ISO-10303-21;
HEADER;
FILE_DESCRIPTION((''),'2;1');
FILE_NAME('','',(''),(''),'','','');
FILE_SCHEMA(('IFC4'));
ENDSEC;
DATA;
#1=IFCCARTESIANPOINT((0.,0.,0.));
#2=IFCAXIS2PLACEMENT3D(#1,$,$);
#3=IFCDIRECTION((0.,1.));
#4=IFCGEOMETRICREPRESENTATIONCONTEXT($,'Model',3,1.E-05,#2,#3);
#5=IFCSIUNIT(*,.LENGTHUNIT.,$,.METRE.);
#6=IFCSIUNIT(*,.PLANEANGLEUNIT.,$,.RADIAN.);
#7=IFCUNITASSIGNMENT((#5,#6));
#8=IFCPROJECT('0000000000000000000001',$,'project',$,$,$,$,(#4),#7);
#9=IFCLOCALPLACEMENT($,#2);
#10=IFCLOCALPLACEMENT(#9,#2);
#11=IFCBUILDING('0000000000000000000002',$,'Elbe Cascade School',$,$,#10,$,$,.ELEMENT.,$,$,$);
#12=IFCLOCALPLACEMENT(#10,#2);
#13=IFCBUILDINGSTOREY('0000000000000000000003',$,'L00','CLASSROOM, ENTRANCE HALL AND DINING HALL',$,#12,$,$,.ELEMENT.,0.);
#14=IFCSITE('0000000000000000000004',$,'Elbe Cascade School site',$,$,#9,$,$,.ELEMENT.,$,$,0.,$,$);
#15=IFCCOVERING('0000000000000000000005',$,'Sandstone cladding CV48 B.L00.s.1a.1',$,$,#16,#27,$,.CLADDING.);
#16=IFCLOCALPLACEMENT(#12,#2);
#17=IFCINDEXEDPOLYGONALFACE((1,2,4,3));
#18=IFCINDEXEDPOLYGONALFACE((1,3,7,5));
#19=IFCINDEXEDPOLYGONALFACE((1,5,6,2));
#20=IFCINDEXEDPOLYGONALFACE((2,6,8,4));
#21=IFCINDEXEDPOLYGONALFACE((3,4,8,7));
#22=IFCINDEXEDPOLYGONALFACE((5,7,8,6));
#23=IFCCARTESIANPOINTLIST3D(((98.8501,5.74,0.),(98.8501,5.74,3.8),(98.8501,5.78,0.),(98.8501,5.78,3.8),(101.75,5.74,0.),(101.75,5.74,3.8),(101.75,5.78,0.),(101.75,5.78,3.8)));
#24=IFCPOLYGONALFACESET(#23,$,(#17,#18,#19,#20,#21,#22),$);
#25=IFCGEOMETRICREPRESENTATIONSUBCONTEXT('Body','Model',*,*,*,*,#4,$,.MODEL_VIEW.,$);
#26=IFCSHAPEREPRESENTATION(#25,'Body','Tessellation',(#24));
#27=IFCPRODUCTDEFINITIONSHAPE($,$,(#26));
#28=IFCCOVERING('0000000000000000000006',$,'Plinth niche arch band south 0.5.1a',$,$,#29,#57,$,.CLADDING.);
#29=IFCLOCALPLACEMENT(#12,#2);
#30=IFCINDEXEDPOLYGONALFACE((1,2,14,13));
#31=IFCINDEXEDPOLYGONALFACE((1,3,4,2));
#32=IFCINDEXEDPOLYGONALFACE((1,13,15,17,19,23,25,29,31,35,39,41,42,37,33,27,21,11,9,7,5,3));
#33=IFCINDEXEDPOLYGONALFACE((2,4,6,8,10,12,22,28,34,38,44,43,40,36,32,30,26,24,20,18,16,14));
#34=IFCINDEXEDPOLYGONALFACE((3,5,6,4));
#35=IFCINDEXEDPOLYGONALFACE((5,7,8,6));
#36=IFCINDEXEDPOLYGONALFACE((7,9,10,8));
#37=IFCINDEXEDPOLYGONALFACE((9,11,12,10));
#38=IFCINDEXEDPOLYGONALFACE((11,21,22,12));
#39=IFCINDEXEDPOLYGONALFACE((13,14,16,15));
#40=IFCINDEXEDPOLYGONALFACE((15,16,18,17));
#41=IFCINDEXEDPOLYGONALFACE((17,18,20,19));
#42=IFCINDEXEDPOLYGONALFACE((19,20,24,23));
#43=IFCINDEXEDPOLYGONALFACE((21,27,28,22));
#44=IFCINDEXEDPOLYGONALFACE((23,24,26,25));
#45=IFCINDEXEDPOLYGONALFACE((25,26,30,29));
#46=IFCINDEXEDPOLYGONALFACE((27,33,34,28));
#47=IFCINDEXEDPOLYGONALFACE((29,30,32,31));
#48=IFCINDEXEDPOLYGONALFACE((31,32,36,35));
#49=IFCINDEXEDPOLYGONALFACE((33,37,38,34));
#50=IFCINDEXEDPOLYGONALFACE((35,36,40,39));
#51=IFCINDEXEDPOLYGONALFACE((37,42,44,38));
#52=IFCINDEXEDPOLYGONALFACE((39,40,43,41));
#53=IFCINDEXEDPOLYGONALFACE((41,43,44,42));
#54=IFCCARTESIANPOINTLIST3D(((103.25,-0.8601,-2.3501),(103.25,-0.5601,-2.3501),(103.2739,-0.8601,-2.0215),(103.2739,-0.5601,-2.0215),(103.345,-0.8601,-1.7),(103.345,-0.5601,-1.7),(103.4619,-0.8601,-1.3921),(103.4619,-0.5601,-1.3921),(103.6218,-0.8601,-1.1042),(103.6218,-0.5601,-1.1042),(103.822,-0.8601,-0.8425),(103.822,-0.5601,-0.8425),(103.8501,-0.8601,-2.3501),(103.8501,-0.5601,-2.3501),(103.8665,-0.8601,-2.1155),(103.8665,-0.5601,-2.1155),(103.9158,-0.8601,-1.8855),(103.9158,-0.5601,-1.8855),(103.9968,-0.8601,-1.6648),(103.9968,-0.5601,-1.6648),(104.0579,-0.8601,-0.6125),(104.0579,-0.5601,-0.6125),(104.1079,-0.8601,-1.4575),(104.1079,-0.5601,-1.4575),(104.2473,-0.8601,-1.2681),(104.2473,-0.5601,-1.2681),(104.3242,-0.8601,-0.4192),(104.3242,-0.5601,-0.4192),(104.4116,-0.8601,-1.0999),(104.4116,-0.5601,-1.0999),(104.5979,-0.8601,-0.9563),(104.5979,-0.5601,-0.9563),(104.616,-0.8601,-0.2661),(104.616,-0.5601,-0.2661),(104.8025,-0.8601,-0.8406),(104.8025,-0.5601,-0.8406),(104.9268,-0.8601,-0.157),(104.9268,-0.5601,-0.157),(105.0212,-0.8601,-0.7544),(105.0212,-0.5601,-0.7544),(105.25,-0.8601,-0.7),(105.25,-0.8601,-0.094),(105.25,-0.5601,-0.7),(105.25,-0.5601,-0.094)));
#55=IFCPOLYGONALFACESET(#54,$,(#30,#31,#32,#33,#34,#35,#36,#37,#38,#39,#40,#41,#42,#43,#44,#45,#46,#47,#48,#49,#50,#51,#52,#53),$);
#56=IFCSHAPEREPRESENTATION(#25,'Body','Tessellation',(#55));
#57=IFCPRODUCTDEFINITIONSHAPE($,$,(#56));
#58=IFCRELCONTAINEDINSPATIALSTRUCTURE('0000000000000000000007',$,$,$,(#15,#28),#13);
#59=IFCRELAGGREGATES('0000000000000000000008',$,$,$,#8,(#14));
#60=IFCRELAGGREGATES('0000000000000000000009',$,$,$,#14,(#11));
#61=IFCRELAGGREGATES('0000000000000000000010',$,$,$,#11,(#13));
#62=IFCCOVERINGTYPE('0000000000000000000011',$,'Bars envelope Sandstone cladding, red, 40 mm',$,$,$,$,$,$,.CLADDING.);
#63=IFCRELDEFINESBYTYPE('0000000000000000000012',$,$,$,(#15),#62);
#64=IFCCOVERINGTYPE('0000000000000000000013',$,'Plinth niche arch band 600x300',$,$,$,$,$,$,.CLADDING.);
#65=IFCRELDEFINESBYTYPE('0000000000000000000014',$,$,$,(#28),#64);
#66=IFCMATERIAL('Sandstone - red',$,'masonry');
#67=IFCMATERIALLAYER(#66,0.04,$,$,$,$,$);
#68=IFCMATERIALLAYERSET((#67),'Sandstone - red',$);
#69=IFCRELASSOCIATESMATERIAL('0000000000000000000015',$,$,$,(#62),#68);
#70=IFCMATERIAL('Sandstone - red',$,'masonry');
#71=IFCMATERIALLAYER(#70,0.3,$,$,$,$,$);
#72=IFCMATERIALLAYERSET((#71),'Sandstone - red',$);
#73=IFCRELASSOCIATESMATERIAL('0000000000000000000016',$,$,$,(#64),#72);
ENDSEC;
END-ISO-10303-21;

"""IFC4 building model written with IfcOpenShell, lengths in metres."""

from ifc_helpers import new_model, si_unit, direction, frame, origin, origin_2d, place, context, subcontext, project, spatial, polyline, rectangle, outline, extrude, material, layer, layer_set, type_object, element, save


model = new_model("IFC4")

# Units and contexts
model_context = context("Model", 3, precision=1e-05, world=origin(), true_north=direction((0.0, 1.0)))
body_context = subcontext(model_context, "Body", "Model", "MODEL_VIEW")
ifc_project = project(units=[si_unit("LENGTHUNIT", "METRE"), si_unit("PLANEANGLEUNIT", "RADIAN")], contexts=[model_context])

# Site, building, storey
site_placement = place(None, origin())
site = spatial("IfcSite", under=ifc_project, at=site_placement, Name="Elbe Cascade School site", CompositionType="ELEMENT", RefElevation=0.0)
building_placement = place(site_placement, origin())
building = spatial("IfcBuilding", under=site, at=building_placement, Name="Elbe Cascade School", CompositionType="ELEMENT")
storey_placement = place(building_placement, origin())
storey = spatial("IfcBuildingStorey", under=building, at=storey_placement, Name="L00", Description="CLASSROOM, ENTRANCE HALL AND DINING HALL", CompositionType="ELEMENT", Elevation=0.0)

# Coverings
ifc_material_1 = material(Name="Sandstone - red", Category="masonry")
ifc_layer_1 = layer(ifc_material_1, 0.04)
ifc_layer_set_1 = layer_set([ifc_layer_1], Name="Sandstone - red")
covering_type_1 = type_object("IfcCoveringType", Name="Bars envelope Sandstone cladding, red, 40 mm", PredefinedType="CLADDING", material=ifc_layer_set_1)
covering_1_placement = place(storey_placement, frame((100.3, 5.76, 0.0), z_axis=(0.0, 0.0, 1.0), x_axis=(1.0, 0.0, 0.0)))
element("IfcCovering", 1, at=covering_1_placement, inside=storey, type_object=covering_type_1, Name="Sandstone cladding CV48 B.L00.s.1a.1", PredefinedType="CLADDING", context=body_context, shape_type="SweptSolid", body=[
    extrude(rectangle(XDim=2.8999, YDim=0.04, at=origin_2d()), origin(), (0.0, 0.0, 1.0), 3.8),
])
ifc_material_2 = material(Name="Sandstone - red", Category="masonry")
ifc_layer_2 = layer(ifc_material_2, 0.3)
ifc_layer_set_2 = layer_set([ifc_layer_2], Name="Sandstone - red")
covering_type_2 = type_object("IfcCoveringType", Name="Plinth niche arch band 600x300", PredefinedType="CLADDING", material=ifc_layer_set_2)
covering_2_placement = place(storey_placement, frame((103.25, -0.8601, -2.3501), z_axis=(0.0, -1.0, 0.0), x_axis=(1.0, 0.0, 0.0)))
element("IfcCovering", 2, at=covering_2_placement, inside=storey, type_object=covering_type_2, Name="Plinth niche arch band south 0.5.1a", PredefinedType="CLADDING", context=body_context, shape_type="SweptSolid", body=[
    extrude(outline(polyline([(0.0, 0.0), (0.6001, 0.0), (0.6165, 0.2346), (0.6658, 0.4646), (0.7468, 0.6853), (0.8579, 0.8926), (0.9973, 1.082), (1.1616, 1.2502), (1.3479, 1.3938), (1.5525, 1.5095), (1.7712, 1.5957), (2.0, 1.6501), (2.0, 2.2561), (1.6768, 2.1931), (1.366, 2.084), (1.0742, 1.9309), (0.8079, 1.7375), (0.572, 1.5076), (0.3718, 1.2458), (0.2119, 0.958), (0.095, 0.6501), (0.0239, 0.3286), (0.0, 0.0)])), origin(), (0.0, 0.0, -1.0), 0.3),
])

save(model, "model.ifc")
